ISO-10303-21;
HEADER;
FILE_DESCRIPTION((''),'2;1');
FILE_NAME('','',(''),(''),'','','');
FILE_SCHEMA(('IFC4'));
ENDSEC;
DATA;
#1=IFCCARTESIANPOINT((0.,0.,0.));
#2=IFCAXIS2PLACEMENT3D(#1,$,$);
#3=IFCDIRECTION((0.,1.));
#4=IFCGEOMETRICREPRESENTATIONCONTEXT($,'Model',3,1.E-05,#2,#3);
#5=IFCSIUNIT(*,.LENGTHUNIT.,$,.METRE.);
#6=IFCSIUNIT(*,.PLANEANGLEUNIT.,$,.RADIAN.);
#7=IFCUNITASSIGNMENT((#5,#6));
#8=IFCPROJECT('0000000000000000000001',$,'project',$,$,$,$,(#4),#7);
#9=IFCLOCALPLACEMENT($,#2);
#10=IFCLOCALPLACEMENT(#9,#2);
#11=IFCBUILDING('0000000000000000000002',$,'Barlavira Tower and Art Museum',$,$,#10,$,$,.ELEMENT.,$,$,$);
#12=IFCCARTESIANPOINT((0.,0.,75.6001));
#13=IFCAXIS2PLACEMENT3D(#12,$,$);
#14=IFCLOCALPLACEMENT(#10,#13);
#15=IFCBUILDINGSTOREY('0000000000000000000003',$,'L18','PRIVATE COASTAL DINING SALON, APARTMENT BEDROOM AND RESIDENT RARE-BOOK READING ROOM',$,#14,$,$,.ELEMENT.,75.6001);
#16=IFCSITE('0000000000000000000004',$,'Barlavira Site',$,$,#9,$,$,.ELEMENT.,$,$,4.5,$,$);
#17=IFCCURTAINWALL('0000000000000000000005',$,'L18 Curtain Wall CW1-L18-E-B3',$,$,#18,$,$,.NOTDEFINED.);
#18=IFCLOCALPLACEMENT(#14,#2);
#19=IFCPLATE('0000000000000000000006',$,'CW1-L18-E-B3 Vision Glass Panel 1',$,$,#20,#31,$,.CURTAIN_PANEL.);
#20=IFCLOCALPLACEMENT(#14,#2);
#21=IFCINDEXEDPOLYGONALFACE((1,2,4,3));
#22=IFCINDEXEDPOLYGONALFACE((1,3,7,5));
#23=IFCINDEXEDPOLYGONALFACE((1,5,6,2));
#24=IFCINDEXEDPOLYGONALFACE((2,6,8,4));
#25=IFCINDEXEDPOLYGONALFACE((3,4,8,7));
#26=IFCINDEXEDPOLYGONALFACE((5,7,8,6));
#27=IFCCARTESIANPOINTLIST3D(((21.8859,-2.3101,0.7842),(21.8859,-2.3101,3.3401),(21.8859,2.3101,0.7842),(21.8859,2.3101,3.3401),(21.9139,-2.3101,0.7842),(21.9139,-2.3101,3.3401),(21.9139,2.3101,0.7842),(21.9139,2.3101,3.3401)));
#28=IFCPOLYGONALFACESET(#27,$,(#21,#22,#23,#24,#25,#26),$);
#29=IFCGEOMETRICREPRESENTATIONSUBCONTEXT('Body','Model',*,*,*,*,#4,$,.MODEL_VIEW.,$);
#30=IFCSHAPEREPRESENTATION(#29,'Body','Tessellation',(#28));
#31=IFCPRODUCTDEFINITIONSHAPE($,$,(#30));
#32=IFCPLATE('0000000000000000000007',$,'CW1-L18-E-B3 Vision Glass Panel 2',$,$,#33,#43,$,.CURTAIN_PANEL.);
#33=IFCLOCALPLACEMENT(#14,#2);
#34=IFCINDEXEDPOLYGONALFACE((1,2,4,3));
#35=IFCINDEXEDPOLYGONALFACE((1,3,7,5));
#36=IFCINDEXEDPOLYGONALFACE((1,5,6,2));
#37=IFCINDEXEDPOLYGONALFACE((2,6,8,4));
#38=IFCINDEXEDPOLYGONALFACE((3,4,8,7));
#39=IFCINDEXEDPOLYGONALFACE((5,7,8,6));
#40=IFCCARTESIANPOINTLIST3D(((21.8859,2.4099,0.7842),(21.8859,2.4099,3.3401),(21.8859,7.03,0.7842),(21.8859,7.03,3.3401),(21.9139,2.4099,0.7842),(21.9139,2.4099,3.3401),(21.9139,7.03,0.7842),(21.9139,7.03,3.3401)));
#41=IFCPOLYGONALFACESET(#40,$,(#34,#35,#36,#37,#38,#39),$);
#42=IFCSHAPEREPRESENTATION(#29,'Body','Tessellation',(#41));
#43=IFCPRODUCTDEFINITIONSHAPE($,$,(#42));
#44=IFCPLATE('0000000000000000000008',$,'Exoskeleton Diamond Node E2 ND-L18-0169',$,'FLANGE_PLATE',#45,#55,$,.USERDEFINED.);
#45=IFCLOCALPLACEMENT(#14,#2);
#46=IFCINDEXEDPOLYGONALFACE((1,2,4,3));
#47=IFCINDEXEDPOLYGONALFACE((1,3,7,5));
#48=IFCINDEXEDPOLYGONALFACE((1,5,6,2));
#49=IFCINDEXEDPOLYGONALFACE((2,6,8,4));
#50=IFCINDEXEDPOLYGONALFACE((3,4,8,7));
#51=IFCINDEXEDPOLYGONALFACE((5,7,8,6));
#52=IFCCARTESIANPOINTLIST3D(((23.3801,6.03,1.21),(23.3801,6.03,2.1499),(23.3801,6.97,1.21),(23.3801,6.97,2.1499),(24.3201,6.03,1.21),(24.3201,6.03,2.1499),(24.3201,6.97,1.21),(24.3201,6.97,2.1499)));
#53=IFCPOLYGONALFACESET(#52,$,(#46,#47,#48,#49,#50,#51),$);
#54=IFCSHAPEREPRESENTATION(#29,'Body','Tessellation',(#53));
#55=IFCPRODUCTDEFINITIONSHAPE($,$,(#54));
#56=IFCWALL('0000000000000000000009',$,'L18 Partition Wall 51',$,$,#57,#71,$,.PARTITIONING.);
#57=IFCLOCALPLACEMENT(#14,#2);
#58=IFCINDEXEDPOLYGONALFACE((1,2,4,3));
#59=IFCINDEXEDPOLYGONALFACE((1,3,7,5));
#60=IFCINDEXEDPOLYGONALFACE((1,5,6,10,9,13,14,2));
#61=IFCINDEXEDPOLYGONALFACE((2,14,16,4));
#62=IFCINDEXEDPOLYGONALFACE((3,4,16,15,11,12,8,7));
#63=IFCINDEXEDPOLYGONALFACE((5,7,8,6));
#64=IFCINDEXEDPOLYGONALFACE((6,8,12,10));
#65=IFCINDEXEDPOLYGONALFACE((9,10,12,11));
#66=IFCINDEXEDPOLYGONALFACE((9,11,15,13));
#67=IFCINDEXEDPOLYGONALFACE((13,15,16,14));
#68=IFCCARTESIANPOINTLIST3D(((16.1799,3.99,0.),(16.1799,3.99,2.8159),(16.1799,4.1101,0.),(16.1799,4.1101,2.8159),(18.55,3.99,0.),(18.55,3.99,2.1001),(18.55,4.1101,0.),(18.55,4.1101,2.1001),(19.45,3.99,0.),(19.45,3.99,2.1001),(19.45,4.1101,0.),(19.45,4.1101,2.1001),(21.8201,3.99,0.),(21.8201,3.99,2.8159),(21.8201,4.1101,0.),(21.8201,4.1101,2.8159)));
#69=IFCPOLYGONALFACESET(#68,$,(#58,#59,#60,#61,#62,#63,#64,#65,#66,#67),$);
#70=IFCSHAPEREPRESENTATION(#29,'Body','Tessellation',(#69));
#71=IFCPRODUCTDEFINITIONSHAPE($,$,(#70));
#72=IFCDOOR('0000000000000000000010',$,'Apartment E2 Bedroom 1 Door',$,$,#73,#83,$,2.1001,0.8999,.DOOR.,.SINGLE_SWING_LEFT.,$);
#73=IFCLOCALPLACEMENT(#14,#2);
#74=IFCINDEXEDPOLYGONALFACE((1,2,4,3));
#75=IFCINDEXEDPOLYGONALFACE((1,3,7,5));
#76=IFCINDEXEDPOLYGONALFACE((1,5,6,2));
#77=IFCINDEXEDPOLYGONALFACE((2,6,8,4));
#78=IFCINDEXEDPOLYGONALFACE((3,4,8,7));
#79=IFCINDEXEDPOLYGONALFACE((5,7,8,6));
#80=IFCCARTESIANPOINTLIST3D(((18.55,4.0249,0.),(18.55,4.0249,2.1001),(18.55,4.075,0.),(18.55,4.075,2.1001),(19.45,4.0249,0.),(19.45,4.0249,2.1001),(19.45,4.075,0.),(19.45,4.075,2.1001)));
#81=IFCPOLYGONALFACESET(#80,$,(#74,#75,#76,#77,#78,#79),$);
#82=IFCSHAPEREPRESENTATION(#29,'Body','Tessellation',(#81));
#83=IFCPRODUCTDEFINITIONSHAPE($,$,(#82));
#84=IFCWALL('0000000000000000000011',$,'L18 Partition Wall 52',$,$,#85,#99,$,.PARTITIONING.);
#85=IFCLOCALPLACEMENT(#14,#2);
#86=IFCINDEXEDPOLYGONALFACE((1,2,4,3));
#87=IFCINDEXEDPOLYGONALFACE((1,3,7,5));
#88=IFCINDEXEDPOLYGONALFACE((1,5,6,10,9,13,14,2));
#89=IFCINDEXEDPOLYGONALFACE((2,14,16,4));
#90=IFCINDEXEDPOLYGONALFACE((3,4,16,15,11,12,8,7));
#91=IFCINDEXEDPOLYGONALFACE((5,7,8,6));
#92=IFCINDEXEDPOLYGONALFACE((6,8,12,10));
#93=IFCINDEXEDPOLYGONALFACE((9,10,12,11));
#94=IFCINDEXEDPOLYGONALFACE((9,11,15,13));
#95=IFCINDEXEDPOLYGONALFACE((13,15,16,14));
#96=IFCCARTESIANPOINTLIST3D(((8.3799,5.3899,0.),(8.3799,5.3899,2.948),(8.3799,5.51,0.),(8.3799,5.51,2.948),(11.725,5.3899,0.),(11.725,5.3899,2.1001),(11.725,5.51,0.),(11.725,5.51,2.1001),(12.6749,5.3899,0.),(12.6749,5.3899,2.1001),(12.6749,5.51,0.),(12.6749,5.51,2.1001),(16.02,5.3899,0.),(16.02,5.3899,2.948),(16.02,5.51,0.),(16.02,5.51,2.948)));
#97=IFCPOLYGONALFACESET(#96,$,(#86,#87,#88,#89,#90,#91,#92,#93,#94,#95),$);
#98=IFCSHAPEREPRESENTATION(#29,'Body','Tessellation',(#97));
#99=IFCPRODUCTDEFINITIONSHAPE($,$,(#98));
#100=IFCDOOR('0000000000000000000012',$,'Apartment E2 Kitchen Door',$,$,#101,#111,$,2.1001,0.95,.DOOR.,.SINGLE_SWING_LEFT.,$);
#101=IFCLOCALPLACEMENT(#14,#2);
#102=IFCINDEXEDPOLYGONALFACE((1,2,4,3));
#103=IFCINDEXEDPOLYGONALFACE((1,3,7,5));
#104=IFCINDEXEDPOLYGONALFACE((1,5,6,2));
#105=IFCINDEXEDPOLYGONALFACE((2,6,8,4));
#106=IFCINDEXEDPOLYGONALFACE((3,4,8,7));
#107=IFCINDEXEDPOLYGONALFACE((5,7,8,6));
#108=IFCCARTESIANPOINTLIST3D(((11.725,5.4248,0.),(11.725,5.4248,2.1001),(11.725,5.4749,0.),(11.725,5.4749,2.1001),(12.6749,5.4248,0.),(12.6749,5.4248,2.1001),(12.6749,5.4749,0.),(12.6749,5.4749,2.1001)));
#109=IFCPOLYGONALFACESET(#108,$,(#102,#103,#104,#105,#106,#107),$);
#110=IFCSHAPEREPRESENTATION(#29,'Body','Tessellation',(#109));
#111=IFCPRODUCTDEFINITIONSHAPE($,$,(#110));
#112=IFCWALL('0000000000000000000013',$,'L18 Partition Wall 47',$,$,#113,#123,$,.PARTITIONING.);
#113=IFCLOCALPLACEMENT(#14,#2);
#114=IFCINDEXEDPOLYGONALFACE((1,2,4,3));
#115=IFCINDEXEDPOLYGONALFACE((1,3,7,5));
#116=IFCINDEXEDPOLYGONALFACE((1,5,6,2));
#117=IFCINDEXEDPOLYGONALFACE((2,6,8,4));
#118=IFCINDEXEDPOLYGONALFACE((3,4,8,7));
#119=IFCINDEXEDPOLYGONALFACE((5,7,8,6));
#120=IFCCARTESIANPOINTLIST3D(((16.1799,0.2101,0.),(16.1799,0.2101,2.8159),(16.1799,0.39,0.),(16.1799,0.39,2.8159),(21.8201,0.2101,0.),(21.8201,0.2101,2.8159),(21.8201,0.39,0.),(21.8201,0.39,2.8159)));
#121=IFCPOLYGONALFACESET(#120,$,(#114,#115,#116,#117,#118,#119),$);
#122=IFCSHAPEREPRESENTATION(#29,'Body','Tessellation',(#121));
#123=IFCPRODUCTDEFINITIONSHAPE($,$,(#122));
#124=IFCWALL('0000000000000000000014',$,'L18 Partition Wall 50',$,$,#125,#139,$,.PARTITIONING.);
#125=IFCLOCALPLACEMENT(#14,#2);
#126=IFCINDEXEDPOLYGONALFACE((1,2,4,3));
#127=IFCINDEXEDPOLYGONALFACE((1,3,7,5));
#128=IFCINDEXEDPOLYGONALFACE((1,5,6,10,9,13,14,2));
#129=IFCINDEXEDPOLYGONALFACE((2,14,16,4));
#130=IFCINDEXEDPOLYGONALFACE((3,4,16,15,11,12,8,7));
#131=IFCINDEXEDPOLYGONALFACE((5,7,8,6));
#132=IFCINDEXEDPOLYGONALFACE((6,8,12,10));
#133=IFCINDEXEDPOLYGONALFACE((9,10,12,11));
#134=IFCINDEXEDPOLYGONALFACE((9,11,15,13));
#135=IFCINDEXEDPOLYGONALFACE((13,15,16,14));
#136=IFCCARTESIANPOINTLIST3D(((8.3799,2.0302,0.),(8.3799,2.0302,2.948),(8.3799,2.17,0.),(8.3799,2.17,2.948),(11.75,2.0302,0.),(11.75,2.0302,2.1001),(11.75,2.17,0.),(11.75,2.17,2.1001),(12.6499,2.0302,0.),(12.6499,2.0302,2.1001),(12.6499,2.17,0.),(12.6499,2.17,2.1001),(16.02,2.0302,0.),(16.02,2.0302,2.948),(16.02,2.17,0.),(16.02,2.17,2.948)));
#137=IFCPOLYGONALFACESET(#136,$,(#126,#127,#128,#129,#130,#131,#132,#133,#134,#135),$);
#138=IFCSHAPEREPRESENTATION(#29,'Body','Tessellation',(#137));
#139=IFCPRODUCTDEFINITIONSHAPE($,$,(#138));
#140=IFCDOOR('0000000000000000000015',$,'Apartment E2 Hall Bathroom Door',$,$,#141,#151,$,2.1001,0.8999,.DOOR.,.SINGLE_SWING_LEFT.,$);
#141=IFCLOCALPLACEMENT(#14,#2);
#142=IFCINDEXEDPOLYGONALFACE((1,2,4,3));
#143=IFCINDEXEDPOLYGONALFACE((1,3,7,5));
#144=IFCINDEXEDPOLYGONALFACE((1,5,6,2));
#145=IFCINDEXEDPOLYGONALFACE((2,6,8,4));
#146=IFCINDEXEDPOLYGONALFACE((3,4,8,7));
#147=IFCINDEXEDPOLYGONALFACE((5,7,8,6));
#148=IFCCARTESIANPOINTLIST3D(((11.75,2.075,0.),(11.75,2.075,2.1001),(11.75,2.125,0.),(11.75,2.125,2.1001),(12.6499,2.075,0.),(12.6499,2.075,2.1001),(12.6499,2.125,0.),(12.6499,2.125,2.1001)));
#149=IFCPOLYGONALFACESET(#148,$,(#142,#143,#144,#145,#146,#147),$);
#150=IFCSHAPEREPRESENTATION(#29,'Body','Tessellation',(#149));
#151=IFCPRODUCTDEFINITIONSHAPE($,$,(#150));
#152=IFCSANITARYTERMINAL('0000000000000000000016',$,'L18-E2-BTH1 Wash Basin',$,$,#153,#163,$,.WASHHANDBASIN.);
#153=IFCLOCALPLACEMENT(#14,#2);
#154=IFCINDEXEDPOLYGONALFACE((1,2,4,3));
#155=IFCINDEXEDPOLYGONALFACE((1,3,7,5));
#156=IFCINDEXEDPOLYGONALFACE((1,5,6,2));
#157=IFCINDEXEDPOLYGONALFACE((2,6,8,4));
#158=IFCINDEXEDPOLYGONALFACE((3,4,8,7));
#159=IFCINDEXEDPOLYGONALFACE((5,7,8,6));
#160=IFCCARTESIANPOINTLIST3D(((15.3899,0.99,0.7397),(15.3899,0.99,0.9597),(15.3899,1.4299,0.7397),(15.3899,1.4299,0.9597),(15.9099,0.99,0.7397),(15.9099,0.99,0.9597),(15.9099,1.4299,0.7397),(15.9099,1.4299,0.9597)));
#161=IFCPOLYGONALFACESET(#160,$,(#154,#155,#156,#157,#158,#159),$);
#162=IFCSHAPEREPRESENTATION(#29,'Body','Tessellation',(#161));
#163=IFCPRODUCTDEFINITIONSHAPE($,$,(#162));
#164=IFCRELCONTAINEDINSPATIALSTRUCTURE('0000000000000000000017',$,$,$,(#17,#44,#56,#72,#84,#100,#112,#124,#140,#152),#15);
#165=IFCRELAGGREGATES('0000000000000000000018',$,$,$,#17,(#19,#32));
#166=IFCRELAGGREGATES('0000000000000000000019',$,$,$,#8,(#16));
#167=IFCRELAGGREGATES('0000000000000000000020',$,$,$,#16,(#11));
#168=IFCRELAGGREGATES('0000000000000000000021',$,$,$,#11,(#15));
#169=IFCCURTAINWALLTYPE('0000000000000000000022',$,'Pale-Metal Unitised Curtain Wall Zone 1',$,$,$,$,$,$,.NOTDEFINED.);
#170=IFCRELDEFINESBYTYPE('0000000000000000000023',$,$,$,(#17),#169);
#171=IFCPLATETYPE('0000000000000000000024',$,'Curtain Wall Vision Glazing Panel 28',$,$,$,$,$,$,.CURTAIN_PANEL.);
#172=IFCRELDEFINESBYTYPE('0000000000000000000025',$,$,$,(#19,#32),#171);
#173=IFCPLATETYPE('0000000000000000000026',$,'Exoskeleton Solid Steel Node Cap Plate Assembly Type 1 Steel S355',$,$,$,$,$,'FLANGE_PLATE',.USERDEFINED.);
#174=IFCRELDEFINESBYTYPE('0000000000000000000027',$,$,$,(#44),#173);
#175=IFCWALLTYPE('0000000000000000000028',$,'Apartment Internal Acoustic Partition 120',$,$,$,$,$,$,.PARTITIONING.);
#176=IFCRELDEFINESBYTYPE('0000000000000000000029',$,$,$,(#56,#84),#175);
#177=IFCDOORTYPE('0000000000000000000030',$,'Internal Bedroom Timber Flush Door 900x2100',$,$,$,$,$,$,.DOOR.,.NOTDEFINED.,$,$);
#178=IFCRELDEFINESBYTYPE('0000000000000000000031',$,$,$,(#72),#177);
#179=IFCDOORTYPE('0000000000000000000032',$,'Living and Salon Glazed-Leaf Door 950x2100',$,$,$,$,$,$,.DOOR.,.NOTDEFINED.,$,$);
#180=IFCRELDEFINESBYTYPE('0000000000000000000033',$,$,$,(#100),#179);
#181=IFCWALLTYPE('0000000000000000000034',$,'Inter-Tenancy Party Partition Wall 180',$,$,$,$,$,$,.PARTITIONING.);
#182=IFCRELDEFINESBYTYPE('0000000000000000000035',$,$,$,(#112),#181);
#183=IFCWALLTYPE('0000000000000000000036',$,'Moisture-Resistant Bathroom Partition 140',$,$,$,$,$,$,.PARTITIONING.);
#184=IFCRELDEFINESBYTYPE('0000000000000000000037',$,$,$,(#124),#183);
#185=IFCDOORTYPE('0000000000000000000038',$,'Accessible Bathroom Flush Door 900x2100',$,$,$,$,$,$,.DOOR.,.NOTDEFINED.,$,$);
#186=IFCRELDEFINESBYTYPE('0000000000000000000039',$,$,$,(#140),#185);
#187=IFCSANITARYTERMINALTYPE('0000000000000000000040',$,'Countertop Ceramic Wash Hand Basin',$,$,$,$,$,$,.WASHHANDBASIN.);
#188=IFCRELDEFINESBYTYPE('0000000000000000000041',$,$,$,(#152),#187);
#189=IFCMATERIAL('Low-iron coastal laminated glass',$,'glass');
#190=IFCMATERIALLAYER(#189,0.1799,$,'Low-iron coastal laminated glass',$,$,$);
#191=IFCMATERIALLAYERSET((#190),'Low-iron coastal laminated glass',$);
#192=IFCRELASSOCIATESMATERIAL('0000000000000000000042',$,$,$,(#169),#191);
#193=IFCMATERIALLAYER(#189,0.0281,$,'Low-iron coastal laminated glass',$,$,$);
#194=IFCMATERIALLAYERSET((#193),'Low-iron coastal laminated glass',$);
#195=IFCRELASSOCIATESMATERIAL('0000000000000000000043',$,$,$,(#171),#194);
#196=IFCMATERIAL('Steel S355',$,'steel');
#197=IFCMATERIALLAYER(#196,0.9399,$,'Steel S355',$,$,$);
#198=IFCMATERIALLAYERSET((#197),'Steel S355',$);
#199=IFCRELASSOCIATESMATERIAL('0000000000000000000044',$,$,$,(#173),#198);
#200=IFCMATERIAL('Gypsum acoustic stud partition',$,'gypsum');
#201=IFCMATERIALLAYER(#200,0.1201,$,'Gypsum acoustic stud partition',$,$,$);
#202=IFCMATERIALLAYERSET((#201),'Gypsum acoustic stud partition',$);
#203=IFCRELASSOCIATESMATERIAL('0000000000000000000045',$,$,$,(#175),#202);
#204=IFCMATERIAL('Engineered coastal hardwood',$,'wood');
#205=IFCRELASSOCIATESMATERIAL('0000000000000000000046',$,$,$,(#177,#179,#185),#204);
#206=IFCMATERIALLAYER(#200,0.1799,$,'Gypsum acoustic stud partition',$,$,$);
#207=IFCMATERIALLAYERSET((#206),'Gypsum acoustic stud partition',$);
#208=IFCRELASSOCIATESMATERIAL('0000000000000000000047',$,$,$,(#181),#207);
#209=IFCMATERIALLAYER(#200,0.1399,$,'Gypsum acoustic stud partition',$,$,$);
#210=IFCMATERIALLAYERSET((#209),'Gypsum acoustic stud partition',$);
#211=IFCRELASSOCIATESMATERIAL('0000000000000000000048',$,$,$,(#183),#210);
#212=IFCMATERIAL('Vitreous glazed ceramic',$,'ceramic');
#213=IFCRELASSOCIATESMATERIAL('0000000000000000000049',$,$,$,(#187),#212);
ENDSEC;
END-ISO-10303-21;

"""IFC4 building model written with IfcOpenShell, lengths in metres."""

from ifc_helpers import new_model, si_unit, direction, frame, frame_2d, origin, origin_2d, place, context, subcontext, project, spatial, rectangle, extrude, material, layer, layer_set, type_object, element, fill, aggregate, save


model = new_model("IFC4")

# Units and contexts
model_context = context("Model", 3, precision=1e-05, world=origin(), true_north=direction((0.0, 1.0)))
body_context = subcontext(model_context, "Body", "Model", "MODEL_VIEW")
ifc_project = project(units=[si_unit("LENGTHUNIT", "METRE"), si_unit("PLANEANGLEUNIT", "RADIAN")], contexts=[model_context])

# Site, building, storey
site_placement = place(None, origin())
site = spatial("IfcSite", under=ifc_project, at=site_placement, Name="Barlavira Site", CompositionType="ELEMENT", RefElevation=4.5)
building_placement = place(site_placement, origin())
building = spatial("IfcBuilding", under=site, at=building_placement, Name="Barlavira Tower and Art Museum", CompositionType="ELEMENT")
storey_placement = place(building_placement, frame((0.0, 0.0, 75.6001)))
storey = spatial("IfcBuildingStorey", under=building, at=storey_placement, Name="L18", Description="PRIVATE COASTAL DINING SALON, APARTMENT BEDROOM AND RESIDENT RARE-BOOK READING ROOM", CompositionType="ELEMENT", Elevation=75.6001)

# Curtain wall, plates
ifc_material_1 = material(Name="Low-iron coastal laminated glass", Category="glass")
ifc_layer_1 = layer(ifc_material_1, 0.1799, Name="Low-iron coastal laminated glass")
ifc_layer_set_1 = layer_set([ifc_layer_1], Name="Low-iron coastal laminated glass")
curtain_wall_type = type_object("IfcCurtainWallType", Name="Pale-Metal Unitised Curtain Wall Zone 1", PredefinedType="NOTDEFINED", material=ifc_layer_set_1)
curtain_wall_placement = place(storey_placement, origin())
curtain_wall = element("IfcCurtainWall", 1, at=curtain_wall_placement, inside=storey, type_object=curtain_wall_type, Name="L18 Curtain Wall CW1-L18-E-B3", PredefinedType="NOTDEFINED")
ifc_layer_2 = layer(ifc_material_1, 0.0281, Name="Low-iron coastal laminated glass")
ifc_layer_set_2 = layer_set([ifc_layer_2], Name="Low-iron coastal laminated glass")
plate_type_1 = type_object("IfcPlateType", Name="Curtain Wall Vision Glazing Panel 28", PredefinedType="CURTAIN_PANEL", material=ifc_layer_set_2)
plate_1_placement = place(storey_placement, frame((21.8999, 0.0, 0.7842), z_axis=(0.0, 0.0, 1.0), x_axis=(0.0, 1.0, 0.0)))
plate_1 = element("IfcPlate", 2, at=plate_1_placement, type_object=plate_type_1, Name="CW1-L18-E-B3 Vision Glass Panel 1", PredefinedType="CURTAIN_PANEL", context=body_context, shape_type="SweptSolid", body=[
    extrude(rectangle(XDim=4.6201, YDim=0.0281, at=origin_2d()), origin(), (0.0, 0.0, 1.0), 2.5559),
])
plate_2_placement = place(storey_placement, frame((21.8999, 4.72, 0.7842), z_axis=(0.0, 0.0, 1.0), x_axis=(0.0, 1.0, 0.0)))
plate_2 = element("IfcPlate", 3, at=plate_2_placement, type_object=plate_type_1, Name="CW1-L18-E-B3 Vision Glass Panel 2", PredefinedType="CURTAIN_PANEL", context=body_context, shape_type="SweptSolid", body=[
    extrude(rectangle(XDim=4.6201, YDim=0.0281, at=origin_2d()), origin(), (0.0, 0.0, 1.0), 2.5559),
])
aggregate(curtain_wall, [plate_1, plate_2])

# Plate
ifc_material_2 = material(Name="Steel S355", Category="steel")
ifc_layer_3 = layer(ifc_material_2, 0.9399, Name="Steel S355")
ifc_layer_set_3 = layer_set([ifc_layer_3], Name="Steel S355")
plate_type_2 = type_object("IfcPlateType", Name="Exoskeleton Solid Steel Node Cap Plate Assembly Type 1 Steel S355", ElementType="FLANGE_PLATE", PredefinedType="USERDEFINED", material=ifc_layer_set_3)
plate_3_placement = place(storey_placement, frame((23.8501, 6.5, 1.21), z_axis=(0.0, 0.0, 1.0), x_axis=(1.0, 0.0, 0.0)))
element("IfcPlate", 4, at=plate_3_placement, inside=storey, type_object=plate_type_2, Name="Exoskeleton Diamond Node E2 ND-L18-0169", ObjectType="FLANGE_PLATE", PredefinedType="USERDEFINED", context=body_context, shape_type="SweptSolid", body=[
    extrude(rectangle(XDim=0.9399, YDim=0.9399, at=origin_2d()), origin(), (0.0, 0.0, 1.0), 0.9399),
])

# Walls, openings, doors
ifc_material_3 = material(Name="Gypsum acoustic stud partition", Category="gypsum")
ifc_layer_4 = layer(ifc_material_3, 0.1201, Name="Gypsum acoustic stud partition")
ifc_layer_set_4 = layer_set([ifc_layer_4], Name="Gypsum acoustic stud partition")
wall_type_1 = type_object("IfcWallType", Name="Apartment Internal Acoustic Partition 120", PredefinedType="PARTITIONING", material=ifc_layer_set_4)
wall_1_placement = place(storey_placement, frame((16.1799, 4.05, 0.0), z_axis=(0.0, 0.0, 1.0), x_axis=(1.0, 0.0, 0.0)))
wall_1 = element("IfcWall", 5, at=wall_1_placement, inside=storey, type_object=wall_type_1, Name="L18 Partition Wall 51", PredefinedType="PARTITIONING", context=body_context, shape_type="SweptSolid", body=[
    extrude(rectangle(XDim=5.6401, YDim=0.1201, at=frame_2d((2.8201, 0.0))), origin(), (0.0, 0.0, 1.0), 2.8159),
])
opening_1_placement = place(wall_1_placement, frame((2.3701, 0.0, 0.0)))
opening_1 = element("IfcOpeningElement", 6, at=opening_1_placement, cuts=wall_1, PredefinedType="OPENING", context=body_context, shape_type="SweptSolid", body=[
    extrude(rectangle(XDim=0.8999, YDim=2.1001, at=frame_2d((0.45, 1.05))), frame((0.0, 0.0701, 0.0), z_axis=(0.0, -1.0, 0.0), x_axis=(1.0, 0.0, 0.0)), (0.0, 0.0, 1.0), 0.1401),
])
ifc_material_4 = material(Name="Engineered coastal hardwood", Category="wood")
door_type_1 = type_object("IfcDoorType", Name="Internal Bedroom Timber Flush Door 900x2100", OperationType="NOTDEFINED", PredefinedType="DOOR", material=ifc_material_4)
door_1_placement = place(opening_1_placement, origin())
door_1 = element("IfcDoor", 7, at=door_1_placement, inside=storey, type_object=door_type_1, Name="Apartment E2 Bedroom 1 Door", OperationType="SINGLE_SWING_LEFT", OverallHeight=2.1001, OverallWidth=0.8999, PredefinedType="DOOR", context=body_context, shape_type="SweptSolid", body=[
    extrude(rectangle(XDim=0.8999, YDim=2.1001, at=frame_2d((0.45, 1.05))), frame((0.0, 0.0249, 0.0), z_axis=(0.0, -1.0, 0.0), x_axis=(1.0, 0.0, 0.0)), (0.0, 0.0, 1.0), 0.05),
])
fill(opening_1, door_1)
wall_2_placement = place(storey_placement, frame((8.3799, 5.45, 0.0), z_axis=(0.0, 0.0, 1.0), x_axis=(1.0, 0.0, 0.0)))
wall_2 = element("IfcWall", 8, at=wall_2_placement, inside=storey, type_object=wall_type_1, Name="L18 Partition Wall 52", PredefinedType="PARTITIONING", context=body_context, shape_type="SweptSolid", body=[
    extrude(rectangle(XDim=7.6401, YDim=0.1201, at=frame_2d((3.8201, 0.0))), origin(), (0.0, 0.0, 1.0), 2.948),
])
opening_2_placement = place(wall_2_placement, frame((3.345, 0.0, 0.0)))
opening_2 = element("IfcOpeningElement", 9, at=opening_2_placement, cuts=wall_2, PredefinedType="OPENING", context=body_context, shape_type="SweptSolid", body=[
    extrude(rectangle(XDim=0.95, YDim=2.1001, at=frame_2d((0.4751, 1.05))), frame((0.0, 0.0701, 0.0), z_axis=(0.0, -1.0, 0.0), x_axis=(1.0, 0.0, 0.0)), (0.0, 0.0, 1.0), 0.1401),
])
door_type_2 = type_object("IfcDoorType", Name="Living and Salon Glazed-Leaf Door 950x2100", OperationType="NOTDEFINED", PredefinedType="DOOR", material=ifc_material_4)
door_2_placement = place(opening_2_placement, origin())
door_2 = element("IfcDoor", 10, at=door_2_placement, inside=storey, type_object=door_type_2, Name="Apartment E2 Kitchen Door", OperationType="SINGLE_SWING_LEFT", OverallHeight=2.1001, OverallWidth=0.95, PredefinedType="DOOR", context=body_context, shape_type="SweptSolid", body=[
    extrude(rectangle(XDim=0.95, YDim=2.1001, at=frame_2d((0.4751, 1.05))), frame((0.0, 0.0249, 0.0), z_axis=(0.0, -1.0, 0.0), x_axis=(1.0, 0.0, 0.0)), (0.0, 0.0, 1.0), 0.05),
])
fill(opening_2, door_2)

# Wall
ifc_layer_5 = layer(ifc_material_3, 0.1799, Name="Gypsum acoustic stud partition")
ifc_layer_set_5 = layer_set([ifc_layer_5], Name="Gypsum acoustic stud partition")
wall_type_2 = type_object("IfcWallType", Name="Inter-Tenancy Party Partition Wall 180", PredefinedType="PARTITIONING", material=ifc_layer_set_5)
wall_3_placement = place(storey_placement, frame((16.1799, 0.3, 0.0), z_axis=(0.0, 0.0, 1.0), x_axis=(1.0, 0.0, 0.0)))
element("IfcWall", 11, at=wall_3_placement, inside=storey, type_object=wall_type_2, Name="L18 Partition Wall 47", PredefinedType="PARTITIONING", context=body_context, shape_type="SweptSolid", body=[
    extrude(rectangle(XDim=5.6401, YDim=0.1799, at=frame_2d((2.8201, 0.0))), origin(), (0.0, 0.0, 1.0), 2.8159),
])

# Wall, opening, door
ifc_layer_6 = layer(ifc_material_3, 0.1399, Name="Gypsum acoustic stud partition")
ifc_layer_set_6 = layer_set([ifc_layer_6], Name="Gypsum acoustic stud partition")
wall_type_3 = type_object("IfcWallType", Name="Moisture-Resistant Bathroom Partition 140", PredefinedType="PARTITIONING", material=ifc_layer_set_6)
wall_4_placement = place(storey_placement, frame((8.3799, 2.1001, 0.0), z_axis=(0.0, 0.0, 1.0), x_axis=(1.0, 0.0, 0.0)))
wall_4 = element("IfcWall", 12, at=wall_4_placement, inside=storey, type_object=wall_type_3, Name="L18 Partition Wall 50", PredefinedType="PARTITIONING", context=body_context, shape_type="SweptSolid", body=[
    extrude(rectangle(XDim=7.6401, YDim=0.1399, at=frame_2d((3.8201, 0.0))), origin(), (0.0, 0.0, 1.0), 2.948),
])
opening_3_placement = place(wall_4_placement, frame((3.3701, 0.0, 0.0)))
opening_3 = element("IfcOpeningElement", 13, at=opening_3_placement, cuts=wall_4, PredefinedType="OPENING", context=body_context, shape_type="SweptSolid", body=[
    extrude(rectangle(XDim=0.8999, YDim=2.1001, at=frame_2d((0.45, 1.05))), frame((0.0, 0.0801, 0.0), z_axis=(0.0, -1.0, 0.0), x_axis=(1.0, 0.0, 0.0)), (0.0, 0.0, 1.0), 0.1599),
])
door_type_3 = type_object("IfcDoorType", Name="Accessible Bathroom Flush Door 900x2100", OperationType="NOTDEFINED", PredefinedType="DOOR", material=ifc_material_4)
door_3_placement = place(opening_3_placement, origin())
door_3 = element("IfcDoor", 14, at=door_3_placement, inside=storey, type_object=door_type_3, Name="Apartment E2 Hall Bathroom Door", OperationType="SINGLE_SWING_LEFT", OverallHeight=2.1001, OverallWidth=0.8999, PredefinedType="DOOR", context=body_context, shape_type="SweptSolid", body=[
    extrude(rectangle(XDim=0.8999, YDim=2.1001, at=frame_2d((0.45, 1.05))), frame((0.0, 0.0249, 0.0), z_axis=(0.0, -1.0, 0.0), x_axis=(1.0, 0.0, 0.0)), (0.0, 0.0, 1.0), 0.05),
])
fill(opening_3, door_3)

# Sanitary terminal
ifc_material_5 = material(Name="Vitreous glazed ceramic", Category="ceramic")
sanitary_terminal_type_1 = type_object("IfcSanitaryTerminalType", Name="Countertop Ceramic Wash Hand Basin", PredefinedType="WASHHANDBASIN", material=ifc_material_5)
sanitary_terminal_1_placement = place(storey_placement, frame((15.6499, 1.21, 0.7397), z_axis=(0.0, 0.0, 1.0), x_axis=(1.0, 0.0, 0.0)))
element("IfcSanitaryTerminal", 15, at=sanitary_terminal_1_placement, inside=storey, type_object=sanitary_terminal_type_1, Name="L18-E2-BTH1 Wash Basin", PredefinedType="WASHHANDBASIN", context=body_context, shape_type="SweptSolid", body=[
    extrude(rectangle(XDim=0.52, YDim=0.4399, at=origin_2d()), origin(), (0.0, 0.0, 1.0), 0.22),
])

save(model, "model.ifc")
